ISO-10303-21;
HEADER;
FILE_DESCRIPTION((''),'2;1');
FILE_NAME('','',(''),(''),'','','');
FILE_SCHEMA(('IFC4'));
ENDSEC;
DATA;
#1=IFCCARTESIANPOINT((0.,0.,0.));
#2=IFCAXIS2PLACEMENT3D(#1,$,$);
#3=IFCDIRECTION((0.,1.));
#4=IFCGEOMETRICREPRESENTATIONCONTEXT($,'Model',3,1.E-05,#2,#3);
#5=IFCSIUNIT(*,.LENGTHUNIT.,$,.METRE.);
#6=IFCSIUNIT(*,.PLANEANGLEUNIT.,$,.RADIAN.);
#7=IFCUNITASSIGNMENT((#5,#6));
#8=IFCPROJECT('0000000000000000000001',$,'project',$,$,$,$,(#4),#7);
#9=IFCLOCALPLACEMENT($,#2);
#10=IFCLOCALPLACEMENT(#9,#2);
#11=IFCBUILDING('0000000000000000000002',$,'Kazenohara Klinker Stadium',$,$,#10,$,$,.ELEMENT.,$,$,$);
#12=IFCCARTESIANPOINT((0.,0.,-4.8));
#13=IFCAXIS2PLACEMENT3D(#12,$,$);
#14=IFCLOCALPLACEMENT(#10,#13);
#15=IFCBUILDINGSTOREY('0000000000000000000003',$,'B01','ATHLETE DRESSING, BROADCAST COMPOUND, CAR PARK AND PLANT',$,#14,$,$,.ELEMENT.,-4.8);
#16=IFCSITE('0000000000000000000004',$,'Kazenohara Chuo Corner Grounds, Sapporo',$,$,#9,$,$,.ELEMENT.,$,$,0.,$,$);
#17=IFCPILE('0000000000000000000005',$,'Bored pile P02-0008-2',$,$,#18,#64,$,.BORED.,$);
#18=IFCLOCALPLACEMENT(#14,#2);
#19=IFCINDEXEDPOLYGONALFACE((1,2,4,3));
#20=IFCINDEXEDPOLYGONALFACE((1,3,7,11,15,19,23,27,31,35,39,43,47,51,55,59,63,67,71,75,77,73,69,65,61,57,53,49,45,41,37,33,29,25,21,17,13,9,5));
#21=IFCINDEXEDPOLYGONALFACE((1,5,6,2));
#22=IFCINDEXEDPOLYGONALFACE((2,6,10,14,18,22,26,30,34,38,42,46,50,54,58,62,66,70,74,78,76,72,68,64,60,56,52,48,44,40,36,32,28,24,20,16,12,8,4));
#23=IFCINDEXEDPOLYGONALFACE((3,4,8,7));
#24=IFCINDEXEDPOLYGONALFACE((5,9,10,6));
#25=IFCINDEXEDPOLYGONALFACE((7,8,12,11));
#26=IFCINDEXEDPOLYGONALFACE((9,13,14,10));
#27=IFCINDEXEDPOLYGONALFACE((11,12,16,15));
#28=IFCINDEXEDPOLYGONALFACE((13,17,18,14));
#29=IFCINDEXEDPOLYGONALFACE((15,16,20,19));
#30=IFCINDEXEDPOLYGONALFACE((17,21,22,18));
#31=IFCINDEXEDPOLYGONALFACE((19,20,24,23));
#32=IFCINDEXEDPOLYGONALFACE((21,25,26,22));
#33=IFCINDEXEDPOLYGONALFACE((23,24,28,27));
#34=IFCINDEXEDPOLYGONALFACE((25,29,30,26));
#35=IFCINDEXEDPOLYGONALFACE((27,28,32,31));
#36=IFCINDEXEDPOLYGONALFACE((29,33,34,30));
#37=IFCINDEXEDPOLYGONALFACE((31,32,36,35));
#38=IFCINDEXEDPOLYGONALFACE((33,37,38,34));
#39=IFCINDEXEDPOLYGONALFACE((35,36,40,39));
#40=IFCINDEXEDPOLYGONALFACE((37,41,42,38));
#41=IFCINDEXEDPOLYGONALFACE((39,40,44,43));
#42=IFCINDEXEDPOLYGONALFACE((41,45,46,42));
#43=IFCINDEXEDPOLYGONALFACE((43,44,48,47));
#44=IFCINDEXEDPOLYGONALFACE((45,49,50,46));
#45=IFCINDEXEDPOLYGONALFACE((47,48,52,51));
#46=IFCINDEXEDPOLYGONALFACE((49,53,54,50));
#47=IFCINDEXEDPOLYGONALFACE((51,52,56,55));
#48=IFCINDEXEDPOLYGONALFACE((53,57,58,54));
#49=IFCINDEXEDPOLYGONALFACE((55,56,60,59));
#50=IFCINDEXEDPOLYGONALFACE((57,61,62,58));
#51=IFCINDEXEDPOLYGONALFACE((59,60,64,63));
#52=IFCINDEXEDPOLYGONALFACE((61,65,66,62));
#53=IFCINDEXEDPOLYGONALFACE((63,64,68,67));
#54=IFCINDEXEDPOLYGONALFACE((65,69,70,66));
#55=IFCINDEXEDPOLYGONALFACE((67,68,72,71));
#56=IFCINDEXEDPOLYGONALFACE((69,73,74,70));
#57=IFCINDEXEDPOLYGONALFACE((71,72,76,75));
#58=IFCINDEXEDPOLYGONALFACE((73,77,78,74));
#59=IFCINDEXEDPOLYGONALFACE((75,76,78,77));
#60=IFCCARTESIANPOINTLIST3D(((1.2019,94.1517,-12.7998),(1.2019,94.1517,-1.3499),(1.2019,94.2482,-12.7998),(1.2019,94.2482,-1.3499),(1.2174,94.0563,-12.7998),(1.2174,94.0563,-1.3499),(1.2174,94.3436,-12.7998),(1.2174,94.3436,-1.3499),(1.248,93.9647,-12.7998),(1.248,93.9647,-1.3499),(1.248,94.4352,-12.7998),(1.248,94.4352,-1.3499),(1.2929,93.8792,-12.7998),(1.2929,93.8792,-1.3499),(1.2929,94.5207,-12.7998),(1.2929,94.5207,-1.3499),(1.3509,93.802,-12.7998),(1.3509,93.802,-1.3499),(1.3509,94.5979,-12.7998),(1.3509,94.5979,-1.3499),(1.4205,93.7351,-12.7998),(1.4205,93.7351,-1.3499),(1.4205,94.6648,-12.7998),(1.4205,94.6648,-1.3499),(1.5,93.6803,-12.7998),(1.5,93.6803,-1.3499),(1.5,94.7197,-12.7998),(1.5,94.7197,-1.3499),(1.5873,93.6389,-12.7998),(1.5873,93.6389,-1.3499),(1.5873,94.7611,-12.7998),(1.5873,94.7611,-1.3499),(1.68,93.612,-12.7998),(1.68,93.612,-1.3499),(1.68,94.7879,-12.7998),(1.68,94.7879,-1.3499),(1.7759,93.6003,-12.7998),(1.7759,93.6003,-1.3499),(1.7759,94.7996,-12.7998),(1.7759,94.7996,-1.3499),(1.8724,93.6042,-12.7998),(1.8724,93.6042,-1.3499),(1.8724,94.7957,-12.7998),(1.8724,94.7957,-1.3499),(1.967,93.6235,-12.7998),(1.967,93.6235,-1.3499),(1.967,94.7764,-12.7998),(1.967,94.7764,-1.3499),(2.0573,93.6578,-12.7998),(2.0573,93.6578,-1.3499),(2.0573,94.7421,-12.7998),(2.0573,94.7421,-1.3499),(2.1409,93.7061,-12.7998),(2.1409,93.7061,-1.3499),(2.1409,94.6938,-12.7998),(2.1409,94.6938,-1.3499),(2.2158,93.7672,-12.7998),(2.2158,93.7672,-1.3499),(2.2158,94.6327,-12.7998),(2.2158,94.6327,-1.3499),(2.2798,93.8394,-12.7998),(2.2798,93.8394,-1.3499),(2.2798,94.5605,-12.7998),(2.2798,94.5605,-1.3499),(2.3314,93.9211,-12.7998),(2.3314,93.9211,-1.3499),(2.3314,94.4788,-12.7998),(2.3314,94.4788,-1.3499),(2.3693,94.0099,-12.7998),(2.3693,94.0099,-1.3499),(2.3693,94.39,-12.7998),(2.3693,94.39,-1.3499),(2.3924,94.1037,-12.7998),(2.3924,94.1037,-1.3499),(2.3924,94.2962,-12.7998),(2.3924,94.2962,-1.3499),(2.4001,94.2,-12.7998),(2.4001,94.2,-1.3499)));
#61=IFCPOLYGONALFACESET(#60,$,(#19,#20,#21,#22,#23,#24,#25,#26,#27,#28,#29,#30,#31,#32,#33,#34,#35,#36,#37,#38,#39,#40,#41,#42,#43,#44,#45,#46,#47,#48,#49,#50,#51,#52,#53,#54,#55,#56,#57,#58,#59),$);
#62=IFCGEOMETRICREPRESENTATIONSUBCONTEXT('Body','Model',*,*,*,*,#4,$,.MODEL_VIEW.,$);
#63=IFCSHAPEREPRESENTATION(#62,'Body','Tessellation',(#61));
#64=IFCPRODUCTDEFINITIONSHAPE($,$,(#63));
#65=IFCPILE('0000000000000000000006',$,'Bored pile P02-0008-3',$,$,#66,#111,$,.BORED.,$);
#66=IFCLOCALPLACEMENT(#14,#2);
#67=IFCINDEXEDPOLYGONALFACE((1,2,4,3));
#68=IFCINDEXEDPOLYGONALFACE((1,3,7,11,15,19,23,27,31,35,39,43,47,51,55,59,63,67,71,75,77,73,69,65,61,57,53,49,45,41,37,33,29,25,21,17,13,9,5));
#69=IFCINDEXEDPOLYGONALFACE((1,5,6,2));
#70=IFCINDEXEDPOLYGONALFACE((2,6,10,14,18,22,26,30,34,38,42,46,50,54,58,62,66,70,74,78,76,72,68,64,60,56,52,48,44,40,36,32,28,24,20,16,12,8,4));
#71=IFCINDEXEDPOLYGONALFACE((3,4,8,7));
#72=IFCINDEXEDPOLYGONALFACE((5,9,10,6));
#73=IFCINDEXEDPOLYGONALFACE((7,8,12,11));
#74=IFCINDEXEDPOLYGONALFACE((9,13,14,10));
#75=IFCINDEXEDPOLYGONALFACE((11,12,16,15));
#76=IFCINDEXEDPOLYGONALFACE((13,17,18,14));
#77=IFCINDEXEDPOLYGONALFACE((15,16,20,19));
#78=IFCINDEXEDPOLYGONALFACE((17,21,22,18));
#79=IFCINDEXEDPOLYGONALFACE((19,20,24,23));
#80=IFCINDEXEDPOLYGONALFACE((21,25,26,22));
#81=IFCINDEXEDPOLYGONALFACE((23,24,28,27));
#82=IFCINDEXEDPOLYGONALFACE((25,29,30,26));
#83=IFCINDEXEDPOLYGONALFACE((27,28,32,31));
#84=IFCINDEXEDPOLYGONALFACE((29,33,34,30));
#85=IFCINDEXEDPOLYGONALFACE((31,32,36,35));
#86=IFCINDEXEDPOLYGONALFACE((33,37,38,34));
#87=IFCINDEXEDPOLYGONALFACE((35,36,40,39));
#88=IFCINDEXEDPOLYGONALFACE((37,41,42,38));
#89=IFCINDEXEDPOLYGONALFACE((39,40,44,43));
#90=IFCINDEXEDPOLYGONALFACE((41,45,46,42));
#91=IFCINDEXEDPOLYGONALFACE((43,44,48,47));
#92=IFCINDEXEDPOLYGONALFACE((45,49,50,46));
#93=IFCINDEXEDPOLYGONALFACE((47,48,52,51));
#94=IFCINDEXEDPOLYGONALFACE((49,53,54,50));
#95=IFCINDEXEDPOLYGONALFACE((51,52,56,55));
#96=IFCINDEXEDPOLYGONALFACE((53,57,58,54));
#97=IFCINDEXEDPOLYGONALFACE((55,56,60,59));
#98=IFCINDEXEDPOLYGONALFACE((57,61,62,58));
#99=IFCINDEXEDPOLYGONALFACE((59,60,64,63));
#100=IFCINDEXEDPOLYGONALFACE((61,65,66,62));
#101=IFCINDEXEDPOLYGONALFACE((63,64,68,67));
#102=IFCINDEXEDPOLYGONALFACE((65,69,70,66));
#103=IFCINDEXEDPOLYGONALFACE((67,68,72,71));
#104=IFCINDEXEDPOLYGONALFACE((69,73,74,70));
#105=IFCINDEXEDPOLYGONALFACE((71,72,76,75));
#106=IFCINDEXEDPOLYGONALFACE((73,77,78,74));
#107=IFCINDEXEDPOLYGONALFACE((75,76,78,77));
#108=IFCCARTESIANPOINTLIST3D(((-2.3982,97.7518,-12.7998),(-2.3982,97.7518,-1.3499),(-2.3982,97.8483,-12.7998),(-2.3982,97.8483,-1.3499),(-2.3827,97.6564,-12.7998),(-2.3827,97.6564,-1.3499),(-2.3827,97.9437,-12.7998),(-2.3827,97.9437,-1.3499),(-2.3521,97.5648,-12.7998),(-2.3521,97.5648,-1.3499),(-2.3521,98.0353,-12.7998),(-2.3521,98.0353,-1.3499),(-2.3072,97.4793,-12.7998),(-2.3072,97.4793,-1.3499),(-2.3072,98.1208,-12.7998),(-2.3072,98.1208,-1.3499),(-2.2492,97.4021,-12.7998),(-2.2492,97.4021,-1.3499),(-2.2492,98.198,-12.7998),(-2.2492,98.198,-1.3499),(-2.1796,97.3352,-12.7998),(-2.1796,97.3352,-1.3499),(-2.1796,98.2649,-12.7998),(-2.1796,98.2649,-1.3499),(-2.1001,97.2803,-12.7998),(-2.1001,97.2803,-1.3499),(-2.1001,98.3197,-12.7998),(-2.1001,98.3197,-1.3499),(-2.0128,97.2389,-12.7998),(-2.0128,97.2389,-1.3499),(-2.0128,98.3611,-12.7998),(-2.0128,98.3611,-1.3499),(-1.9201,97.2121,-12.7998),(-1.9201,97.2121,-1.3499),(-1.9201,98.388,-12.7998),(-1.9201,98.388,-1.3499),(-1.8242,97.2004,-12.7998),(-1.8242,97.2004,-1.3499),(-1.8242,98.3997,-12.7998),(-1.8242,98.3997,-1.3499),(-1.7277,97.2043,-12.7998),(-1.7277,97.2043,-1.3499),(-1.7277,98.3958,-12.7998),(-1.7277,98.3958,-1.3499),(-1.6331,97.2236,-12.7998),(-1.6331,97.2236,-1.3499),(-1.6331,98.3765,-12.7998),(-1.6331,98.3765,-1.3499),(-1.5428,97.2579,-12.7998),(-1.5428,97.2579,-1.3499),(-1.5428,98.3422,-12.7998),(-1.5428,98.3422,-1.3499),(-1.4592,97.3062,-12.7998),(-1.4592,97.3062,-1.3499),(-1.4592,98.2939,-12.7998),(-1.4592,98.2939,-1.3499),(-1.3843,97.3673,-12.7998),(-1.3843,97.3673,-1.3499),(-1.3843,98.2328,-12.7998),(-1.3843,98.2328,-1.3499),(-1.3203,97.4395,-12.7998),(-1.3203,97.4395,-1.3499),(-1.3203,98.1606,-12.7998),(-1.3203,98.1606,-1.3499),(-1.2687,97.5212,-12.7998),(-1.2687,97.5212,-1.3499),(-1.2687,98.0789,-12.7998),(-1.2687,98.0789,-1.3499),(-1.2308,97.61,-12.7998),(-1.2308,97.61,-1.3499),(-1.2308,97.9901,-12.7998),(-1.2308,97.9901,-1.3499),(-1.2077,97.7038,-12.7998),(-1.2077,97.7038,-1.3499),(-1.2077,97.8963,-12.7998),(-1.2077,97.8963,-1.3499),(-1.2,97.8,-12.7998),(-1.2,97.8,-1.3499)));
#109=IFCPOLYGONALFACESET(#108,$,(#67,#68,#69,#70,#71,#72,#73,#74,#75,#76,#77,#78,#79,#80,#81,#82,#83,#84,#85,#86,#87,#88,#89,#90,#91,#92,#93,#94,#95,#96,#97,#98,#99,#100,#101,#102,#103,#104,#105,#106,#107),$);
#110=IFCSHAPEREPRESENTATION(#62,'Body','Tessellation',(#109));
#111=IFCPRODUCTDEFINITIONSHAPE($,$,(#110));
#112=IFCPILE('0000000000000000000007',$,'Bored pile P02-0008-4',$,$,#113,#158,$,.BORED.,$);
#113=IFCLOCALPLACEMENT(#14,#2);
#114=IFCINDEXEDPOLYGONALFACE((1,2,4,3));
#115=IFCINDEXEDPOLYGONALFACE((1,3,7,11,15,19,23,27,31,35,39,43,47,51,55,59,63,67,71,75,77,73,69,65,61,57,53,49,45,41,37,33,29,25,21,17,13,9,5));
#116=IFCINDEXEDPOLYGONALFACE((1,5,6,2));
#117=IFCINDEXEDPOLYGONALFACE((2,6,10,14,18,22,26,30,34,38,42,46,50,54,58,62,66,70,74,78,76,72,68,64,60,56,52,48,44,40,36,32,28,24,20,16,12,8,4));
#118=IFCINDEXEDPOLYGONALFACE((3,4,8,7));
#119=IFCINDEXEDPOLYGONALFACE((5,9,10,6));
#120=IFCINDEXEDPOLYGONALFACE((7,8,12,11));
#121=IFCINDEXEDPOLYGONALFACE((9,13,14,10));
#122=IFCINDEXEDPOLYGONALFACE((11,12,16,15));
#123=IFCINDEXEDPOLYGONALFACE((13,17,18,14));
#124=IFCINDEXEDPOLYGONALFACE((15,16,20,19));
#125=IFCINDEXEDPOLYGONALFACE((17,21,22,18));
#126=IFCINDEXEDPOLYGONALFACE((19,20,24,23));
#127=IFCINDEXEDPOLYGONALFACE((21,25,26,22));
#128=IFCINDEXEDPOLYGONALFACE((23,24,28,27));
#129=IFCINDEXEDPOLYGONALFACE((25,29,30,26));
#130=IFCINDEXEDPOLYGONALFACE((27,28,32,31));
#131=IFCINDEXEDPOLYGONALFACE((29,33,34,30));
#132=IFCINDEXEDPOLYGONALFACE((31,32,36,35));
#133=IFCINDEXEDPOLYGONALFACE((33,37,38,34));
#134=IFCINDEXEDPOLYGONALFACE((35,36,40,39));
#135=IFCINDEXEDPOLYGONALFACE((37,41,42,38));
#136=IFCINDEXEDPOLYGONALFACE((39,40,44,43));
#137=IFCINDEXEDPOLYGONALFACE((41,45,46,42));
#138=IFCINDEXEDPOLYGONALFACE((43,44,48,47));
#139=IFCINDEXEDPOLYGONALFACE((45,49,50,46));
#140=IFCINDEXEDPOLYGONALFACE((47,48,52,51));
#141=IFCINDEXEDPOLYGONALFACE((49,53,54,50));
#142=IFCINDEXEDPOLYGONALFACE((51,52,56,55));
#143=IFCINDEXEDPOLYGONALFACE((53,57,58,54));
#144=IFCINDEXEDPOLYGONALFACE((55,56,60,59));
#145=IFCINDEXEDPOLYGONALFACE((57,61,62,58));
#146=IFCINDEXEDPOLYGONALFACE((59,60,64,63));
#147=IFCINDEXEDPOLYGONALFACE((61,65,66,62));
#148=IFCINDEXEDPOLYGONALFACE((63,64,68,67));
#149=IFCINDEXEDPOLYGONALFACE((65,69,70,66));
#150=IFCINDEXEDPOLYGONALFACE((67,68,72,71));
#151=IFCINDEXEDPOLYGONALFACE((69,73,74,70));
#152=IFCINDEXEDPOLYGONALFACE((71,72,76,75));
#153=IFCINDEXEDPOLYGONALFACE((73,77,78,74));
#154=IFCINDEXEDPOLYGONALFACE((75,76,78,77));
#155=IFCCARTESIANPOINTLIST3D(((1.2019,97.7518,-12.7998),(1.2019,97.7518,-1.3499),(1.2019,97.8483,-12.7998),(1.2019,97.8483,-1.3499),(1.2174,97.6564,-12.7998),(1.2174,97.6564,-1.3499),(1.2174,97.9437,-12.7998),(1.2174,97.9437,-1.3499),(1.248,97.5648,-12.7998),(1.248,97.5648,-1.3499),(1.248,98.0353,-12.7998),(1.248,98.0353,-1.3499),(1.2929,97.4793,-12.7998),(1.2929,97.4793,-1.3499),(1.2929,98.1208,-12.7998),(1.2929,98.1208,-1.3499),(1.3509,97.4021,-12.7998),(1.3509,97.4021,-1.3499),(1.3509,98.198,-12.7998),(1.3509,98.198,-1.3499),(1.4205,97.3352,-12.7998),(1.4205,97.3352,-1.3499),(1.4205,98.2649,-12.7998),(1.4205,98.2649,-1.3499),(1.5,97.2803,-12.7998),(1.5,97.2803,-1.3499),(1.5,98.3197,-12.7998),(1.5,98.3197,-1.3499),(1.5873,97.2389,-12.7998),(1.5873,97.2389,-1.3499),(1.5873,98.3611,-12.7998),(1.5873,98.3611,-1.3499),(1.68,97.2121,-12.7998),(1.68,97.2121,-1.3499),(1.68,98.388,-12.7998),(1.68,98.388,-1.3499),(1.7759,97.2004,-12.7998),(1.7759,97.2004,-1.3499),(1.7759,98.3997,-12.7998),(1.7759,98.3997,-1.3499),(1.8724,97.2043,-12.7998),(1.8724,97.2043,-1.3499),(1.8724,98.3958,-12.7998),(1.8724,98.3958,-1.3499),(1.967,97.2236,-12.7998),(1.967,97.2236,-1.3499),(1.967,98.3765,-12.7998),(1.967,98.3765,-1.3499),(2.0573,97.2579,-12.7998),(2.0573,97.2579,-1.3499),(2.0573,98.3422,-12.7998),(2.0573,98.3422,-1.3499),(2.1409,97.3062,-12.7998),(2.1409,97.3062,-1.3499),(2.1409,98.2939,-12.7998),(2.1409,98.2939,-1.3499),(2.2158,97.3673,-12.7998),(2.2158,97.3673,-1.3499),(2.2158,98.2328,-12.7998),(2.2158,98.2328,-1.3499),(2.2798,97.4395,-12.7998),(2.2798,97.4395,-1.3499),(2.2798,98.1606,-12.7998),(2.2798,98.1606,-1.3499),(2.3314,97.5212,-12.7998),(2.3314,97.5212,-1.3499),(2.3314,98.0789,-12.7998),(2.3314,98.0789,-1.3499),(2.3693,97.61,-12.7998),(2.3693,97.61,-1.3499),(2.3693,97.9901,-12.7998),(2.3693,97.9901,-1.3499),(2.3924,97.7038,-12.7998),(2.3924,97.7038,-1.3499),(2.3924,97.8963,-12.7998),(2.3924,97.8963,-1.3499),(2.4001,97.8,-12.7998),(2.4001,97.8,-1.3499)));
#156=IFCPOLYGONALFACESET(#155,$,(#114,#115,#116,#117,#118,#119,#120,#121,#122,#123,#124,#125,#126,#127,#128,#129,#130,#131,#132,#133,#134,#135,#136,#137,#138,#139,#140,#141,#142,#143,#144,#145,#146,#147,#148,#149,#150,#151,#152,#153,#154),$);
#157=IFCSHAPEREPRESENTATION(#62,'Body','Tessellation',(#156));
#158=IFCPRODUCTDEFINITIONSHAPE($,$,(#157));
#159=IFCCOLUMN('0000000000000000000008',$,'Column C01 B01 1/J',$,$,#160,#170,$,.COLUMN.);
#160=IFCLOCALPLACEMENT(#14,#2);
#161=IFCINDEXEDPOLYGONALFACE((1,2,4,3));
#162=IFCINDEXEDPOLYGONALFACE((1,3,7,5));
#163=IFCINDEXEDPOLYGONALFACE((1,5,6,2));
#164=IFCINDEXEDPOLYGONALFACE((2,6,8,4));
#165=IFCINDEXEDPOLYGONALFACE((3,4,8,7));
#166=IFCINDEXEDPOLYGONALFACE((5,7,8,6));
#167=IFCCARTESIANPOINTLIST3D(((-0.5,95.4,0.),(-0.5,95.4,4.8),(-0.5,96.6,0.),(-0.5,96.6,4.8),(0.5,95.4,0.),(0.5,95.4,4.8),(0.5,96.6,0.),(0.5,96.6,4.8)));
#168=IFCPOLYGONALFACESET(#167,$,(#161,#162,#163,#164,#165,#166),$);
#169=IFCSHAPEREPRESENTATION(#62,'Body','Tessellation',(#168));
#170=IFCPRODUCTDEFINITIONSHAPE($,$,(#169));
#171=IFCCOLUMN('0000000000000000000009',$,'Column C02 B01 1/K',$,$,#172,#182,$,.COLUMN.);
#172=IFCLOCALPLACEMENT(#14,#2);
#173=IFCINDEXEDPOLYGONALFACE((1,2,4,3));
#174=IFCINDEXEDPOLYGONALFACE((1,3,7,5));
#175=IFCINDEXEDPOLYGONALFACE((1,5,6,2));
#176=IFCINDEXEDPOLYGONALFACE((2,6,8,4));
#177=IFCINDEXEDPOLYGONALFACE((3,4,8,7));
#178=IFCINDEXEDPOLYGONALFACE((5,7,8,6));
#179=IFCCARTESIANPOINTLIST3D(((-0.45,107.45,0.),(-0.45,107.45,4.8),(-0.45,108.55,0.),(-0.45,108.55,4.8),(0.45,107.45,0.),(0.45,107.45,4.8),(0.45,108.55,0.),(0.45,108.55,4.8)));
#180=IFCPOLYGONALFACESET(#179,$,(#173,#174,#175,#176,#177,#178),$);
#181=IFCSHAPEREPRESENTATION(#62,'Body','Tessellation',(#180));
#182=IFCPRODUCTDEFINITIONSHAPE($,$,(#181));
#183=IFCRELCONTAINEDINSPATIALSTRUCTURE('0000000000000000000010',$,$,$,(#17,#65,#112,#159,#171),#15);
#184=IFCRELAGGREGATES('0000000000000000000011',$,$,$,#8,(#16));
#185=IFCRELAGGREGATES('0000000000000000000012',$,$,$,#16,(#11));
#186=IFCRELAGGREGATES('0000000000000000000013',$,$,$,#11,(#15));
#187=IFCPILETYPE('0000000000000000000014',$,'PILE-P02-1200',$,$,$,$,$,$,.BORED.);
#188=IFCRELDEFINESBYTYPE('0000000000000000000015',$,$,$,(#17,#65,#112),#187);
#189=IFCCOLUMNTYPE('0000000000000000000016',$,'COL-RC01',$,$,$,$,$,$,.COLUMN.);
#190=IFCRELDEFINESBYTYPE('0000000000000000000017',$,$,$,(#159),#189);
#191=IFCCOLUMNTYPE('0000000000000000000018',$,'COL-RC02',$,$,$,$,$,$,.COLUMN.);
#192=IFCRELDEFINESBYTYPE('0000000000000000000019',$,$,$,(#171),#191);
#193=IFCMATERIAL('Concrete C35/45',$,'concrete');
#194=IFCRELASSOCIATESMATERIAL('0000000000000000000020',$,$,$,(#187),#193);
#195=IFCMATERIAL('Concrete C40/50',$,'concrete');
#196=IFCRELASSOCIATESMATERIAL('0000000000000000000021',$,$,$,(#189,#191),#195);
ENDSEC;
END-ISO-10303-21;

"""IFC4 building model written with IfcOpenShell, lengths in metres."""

from ifc_helpers import new_model, si_unit, direction, frame, origin, origin_2d, place, context, subcontext, project, spatial, rectangle, circle, extrude, material, material_profile, profile_set, type_object, element, save


model = new_model("IFC4")

# Units and contexts
model_context = context("Model", 3, precision=1e-05, world=origin(), true_north=direction((0.0, 1.0)))
body_context = subcontext(model_context, "Body", "Model", "MODEL_VIEW")
ifc_project = project(units=[si_unit("LENGTHUNIT", "METRE"), si_unit("PLANEANGLEUNIT", "RADIAN")], contexts=[model_context])

# Site, building, storey
site_placement = place(None, origin())
site = spatial("IfcSite", under=ifc_project, at=site_placement, Name="Kazenohara Chuo Corner Grounds, Sapporo", CompositionType="ELEMENT", RefElevation=0.0)
building_placement = place(site_placement, origin())
building = spatial("IfcBuilding", under=site, at=building_placement, Name="Kazenohara Klinker Stadium", CompositionType="ELEMENT")
storey_placement = place(building_placement, frame((0.0, 0.0, -4.8)))
storey = spatial("IfcBuildingStorey", under=building, at=storey_placement, Name="B01", Description="ATHLETE DRESSING, BROADCAST COMPOUND, CAR PARK AND PLANT", CompositionType="ELEMENT", Elevation=-4.8)

# Shared definitions
ifc_material_1 = material(Name="Concrete C35/45", Category="concrete")

# Piles
ifc_material_profile_1 = material_profile(ifc_material_1, circle(Radius=0.6001, at=origin_2d()), Name="BORED-PILE-1200")
ifc_profile_set_1 = profile_set([ifc_material_profile_1], Name="Concrete C35/45")
pile_type_1 = type_object("IfcPileType", Name="PILE-P02-1200", PredefinedType="BORED", material=ifc_profile_set_1)
for number, where, z_axis, x_axis, name in (
    (1, (1.8, 94.2, -1.3499), (0.0, 0.0, -1.0), (1.0, 0.0, 0.0), "Bored pile P02-0008-2"),
    (2, (-1.8, 97.8, -1.3499), (0.0, 0.0, -1.0), (1.0, 0.0, 0.0), "Bored pile P02-0008-3"),
    (3, (1.8, 97.8, -1.3499), (0.0, 0.0, -1.0), (1.0, 0.0, 0.0), "Bored pile P02-0008-4"),
):
    element("IfcPile", number, at=place(storey_placement, frame(where, z_axis=z_axis, x_axis=x_axis)), inside=storey, type_object=pile_type_1, Name=name, PredefinedType="BORED", context=body_context, shape_type="SweptSolid", body=[
        extrude(circle(Radius=0.6001, at=origin_2d()), origin(), (0.0, 0.0, 1.0), 11.45),
    ])

# Columns
ifc_material_2 = material(Name="Concrete C40/50", Category="concrete")
ifc_material_profile_2 = material_profile(ifc_material_2, rectangle(XDim=1.0, YDim=1.2, at=origin_2d()), Name="RC-COL-1200x1000")
ifc_profile_set_2 = profile_set([ifc_material_profile_2], Name="Concrete C40/50")
column_type_1 = type_object("IfcColumnType", Name="COL-RC01", PredefinedType="COLUMN", material=ifc_profile_set_2)
column_1_placement = place(storey_placement, frame((0.0, 96.0, 0.0), z_axis=(0.0, 0.0, 1.0), x_axis=(1.0, 0.0, 0.0)))
element("IfcColumn", 4, at=column_1_placement, inside=storey, type_object=column_type_1, Name="Column C01 B01 1/J", PredefinedType="COLUMN", context=body_context, shape_type="SweptSolid", body=[
    extrude(rectangle(XDim=1.0, YDim=1.2, at=origin_2d()), origin(), (0.0, 0.0, 1.0), 4.8),
])
ifc_material_profile_3 = material_profile(ifc_material_2, rectangle(XDim=0.8999, YDim=1.1001, at=origin_2d()), Name="RC-COL-1100x900")
ifc_profile_set_3 = profile_set([ifc_material_profile_3], Name="Concrete C40/50")
column_type_2 = type_object("IfcColumnType", Name="COL-RC02", PredefinedType="COLUMN", material=ifc_profile_set_3)
column_2_placement = place(storey_placement, frame((0.0, 108.0, 0.0), z_axis=(0.0, 0.0, 1.0), x_axis=(1.0, 0.0, 0.0)))
element("IfcColumn", 5, at=column_2_placement, inside=storey, type_object=column_type_2, Name="Column C02 B01 1/K", PredefinedType="COLUMN", context=body_context, shape_type="SweptSolid", body=[
    extrude(rectangle(XDim=0.8999, YDim=1.1001, at=origin_2d()), origin(), (0.0, 0.0, 1.0), 4.8),
])

save(model, "model.ifc")
